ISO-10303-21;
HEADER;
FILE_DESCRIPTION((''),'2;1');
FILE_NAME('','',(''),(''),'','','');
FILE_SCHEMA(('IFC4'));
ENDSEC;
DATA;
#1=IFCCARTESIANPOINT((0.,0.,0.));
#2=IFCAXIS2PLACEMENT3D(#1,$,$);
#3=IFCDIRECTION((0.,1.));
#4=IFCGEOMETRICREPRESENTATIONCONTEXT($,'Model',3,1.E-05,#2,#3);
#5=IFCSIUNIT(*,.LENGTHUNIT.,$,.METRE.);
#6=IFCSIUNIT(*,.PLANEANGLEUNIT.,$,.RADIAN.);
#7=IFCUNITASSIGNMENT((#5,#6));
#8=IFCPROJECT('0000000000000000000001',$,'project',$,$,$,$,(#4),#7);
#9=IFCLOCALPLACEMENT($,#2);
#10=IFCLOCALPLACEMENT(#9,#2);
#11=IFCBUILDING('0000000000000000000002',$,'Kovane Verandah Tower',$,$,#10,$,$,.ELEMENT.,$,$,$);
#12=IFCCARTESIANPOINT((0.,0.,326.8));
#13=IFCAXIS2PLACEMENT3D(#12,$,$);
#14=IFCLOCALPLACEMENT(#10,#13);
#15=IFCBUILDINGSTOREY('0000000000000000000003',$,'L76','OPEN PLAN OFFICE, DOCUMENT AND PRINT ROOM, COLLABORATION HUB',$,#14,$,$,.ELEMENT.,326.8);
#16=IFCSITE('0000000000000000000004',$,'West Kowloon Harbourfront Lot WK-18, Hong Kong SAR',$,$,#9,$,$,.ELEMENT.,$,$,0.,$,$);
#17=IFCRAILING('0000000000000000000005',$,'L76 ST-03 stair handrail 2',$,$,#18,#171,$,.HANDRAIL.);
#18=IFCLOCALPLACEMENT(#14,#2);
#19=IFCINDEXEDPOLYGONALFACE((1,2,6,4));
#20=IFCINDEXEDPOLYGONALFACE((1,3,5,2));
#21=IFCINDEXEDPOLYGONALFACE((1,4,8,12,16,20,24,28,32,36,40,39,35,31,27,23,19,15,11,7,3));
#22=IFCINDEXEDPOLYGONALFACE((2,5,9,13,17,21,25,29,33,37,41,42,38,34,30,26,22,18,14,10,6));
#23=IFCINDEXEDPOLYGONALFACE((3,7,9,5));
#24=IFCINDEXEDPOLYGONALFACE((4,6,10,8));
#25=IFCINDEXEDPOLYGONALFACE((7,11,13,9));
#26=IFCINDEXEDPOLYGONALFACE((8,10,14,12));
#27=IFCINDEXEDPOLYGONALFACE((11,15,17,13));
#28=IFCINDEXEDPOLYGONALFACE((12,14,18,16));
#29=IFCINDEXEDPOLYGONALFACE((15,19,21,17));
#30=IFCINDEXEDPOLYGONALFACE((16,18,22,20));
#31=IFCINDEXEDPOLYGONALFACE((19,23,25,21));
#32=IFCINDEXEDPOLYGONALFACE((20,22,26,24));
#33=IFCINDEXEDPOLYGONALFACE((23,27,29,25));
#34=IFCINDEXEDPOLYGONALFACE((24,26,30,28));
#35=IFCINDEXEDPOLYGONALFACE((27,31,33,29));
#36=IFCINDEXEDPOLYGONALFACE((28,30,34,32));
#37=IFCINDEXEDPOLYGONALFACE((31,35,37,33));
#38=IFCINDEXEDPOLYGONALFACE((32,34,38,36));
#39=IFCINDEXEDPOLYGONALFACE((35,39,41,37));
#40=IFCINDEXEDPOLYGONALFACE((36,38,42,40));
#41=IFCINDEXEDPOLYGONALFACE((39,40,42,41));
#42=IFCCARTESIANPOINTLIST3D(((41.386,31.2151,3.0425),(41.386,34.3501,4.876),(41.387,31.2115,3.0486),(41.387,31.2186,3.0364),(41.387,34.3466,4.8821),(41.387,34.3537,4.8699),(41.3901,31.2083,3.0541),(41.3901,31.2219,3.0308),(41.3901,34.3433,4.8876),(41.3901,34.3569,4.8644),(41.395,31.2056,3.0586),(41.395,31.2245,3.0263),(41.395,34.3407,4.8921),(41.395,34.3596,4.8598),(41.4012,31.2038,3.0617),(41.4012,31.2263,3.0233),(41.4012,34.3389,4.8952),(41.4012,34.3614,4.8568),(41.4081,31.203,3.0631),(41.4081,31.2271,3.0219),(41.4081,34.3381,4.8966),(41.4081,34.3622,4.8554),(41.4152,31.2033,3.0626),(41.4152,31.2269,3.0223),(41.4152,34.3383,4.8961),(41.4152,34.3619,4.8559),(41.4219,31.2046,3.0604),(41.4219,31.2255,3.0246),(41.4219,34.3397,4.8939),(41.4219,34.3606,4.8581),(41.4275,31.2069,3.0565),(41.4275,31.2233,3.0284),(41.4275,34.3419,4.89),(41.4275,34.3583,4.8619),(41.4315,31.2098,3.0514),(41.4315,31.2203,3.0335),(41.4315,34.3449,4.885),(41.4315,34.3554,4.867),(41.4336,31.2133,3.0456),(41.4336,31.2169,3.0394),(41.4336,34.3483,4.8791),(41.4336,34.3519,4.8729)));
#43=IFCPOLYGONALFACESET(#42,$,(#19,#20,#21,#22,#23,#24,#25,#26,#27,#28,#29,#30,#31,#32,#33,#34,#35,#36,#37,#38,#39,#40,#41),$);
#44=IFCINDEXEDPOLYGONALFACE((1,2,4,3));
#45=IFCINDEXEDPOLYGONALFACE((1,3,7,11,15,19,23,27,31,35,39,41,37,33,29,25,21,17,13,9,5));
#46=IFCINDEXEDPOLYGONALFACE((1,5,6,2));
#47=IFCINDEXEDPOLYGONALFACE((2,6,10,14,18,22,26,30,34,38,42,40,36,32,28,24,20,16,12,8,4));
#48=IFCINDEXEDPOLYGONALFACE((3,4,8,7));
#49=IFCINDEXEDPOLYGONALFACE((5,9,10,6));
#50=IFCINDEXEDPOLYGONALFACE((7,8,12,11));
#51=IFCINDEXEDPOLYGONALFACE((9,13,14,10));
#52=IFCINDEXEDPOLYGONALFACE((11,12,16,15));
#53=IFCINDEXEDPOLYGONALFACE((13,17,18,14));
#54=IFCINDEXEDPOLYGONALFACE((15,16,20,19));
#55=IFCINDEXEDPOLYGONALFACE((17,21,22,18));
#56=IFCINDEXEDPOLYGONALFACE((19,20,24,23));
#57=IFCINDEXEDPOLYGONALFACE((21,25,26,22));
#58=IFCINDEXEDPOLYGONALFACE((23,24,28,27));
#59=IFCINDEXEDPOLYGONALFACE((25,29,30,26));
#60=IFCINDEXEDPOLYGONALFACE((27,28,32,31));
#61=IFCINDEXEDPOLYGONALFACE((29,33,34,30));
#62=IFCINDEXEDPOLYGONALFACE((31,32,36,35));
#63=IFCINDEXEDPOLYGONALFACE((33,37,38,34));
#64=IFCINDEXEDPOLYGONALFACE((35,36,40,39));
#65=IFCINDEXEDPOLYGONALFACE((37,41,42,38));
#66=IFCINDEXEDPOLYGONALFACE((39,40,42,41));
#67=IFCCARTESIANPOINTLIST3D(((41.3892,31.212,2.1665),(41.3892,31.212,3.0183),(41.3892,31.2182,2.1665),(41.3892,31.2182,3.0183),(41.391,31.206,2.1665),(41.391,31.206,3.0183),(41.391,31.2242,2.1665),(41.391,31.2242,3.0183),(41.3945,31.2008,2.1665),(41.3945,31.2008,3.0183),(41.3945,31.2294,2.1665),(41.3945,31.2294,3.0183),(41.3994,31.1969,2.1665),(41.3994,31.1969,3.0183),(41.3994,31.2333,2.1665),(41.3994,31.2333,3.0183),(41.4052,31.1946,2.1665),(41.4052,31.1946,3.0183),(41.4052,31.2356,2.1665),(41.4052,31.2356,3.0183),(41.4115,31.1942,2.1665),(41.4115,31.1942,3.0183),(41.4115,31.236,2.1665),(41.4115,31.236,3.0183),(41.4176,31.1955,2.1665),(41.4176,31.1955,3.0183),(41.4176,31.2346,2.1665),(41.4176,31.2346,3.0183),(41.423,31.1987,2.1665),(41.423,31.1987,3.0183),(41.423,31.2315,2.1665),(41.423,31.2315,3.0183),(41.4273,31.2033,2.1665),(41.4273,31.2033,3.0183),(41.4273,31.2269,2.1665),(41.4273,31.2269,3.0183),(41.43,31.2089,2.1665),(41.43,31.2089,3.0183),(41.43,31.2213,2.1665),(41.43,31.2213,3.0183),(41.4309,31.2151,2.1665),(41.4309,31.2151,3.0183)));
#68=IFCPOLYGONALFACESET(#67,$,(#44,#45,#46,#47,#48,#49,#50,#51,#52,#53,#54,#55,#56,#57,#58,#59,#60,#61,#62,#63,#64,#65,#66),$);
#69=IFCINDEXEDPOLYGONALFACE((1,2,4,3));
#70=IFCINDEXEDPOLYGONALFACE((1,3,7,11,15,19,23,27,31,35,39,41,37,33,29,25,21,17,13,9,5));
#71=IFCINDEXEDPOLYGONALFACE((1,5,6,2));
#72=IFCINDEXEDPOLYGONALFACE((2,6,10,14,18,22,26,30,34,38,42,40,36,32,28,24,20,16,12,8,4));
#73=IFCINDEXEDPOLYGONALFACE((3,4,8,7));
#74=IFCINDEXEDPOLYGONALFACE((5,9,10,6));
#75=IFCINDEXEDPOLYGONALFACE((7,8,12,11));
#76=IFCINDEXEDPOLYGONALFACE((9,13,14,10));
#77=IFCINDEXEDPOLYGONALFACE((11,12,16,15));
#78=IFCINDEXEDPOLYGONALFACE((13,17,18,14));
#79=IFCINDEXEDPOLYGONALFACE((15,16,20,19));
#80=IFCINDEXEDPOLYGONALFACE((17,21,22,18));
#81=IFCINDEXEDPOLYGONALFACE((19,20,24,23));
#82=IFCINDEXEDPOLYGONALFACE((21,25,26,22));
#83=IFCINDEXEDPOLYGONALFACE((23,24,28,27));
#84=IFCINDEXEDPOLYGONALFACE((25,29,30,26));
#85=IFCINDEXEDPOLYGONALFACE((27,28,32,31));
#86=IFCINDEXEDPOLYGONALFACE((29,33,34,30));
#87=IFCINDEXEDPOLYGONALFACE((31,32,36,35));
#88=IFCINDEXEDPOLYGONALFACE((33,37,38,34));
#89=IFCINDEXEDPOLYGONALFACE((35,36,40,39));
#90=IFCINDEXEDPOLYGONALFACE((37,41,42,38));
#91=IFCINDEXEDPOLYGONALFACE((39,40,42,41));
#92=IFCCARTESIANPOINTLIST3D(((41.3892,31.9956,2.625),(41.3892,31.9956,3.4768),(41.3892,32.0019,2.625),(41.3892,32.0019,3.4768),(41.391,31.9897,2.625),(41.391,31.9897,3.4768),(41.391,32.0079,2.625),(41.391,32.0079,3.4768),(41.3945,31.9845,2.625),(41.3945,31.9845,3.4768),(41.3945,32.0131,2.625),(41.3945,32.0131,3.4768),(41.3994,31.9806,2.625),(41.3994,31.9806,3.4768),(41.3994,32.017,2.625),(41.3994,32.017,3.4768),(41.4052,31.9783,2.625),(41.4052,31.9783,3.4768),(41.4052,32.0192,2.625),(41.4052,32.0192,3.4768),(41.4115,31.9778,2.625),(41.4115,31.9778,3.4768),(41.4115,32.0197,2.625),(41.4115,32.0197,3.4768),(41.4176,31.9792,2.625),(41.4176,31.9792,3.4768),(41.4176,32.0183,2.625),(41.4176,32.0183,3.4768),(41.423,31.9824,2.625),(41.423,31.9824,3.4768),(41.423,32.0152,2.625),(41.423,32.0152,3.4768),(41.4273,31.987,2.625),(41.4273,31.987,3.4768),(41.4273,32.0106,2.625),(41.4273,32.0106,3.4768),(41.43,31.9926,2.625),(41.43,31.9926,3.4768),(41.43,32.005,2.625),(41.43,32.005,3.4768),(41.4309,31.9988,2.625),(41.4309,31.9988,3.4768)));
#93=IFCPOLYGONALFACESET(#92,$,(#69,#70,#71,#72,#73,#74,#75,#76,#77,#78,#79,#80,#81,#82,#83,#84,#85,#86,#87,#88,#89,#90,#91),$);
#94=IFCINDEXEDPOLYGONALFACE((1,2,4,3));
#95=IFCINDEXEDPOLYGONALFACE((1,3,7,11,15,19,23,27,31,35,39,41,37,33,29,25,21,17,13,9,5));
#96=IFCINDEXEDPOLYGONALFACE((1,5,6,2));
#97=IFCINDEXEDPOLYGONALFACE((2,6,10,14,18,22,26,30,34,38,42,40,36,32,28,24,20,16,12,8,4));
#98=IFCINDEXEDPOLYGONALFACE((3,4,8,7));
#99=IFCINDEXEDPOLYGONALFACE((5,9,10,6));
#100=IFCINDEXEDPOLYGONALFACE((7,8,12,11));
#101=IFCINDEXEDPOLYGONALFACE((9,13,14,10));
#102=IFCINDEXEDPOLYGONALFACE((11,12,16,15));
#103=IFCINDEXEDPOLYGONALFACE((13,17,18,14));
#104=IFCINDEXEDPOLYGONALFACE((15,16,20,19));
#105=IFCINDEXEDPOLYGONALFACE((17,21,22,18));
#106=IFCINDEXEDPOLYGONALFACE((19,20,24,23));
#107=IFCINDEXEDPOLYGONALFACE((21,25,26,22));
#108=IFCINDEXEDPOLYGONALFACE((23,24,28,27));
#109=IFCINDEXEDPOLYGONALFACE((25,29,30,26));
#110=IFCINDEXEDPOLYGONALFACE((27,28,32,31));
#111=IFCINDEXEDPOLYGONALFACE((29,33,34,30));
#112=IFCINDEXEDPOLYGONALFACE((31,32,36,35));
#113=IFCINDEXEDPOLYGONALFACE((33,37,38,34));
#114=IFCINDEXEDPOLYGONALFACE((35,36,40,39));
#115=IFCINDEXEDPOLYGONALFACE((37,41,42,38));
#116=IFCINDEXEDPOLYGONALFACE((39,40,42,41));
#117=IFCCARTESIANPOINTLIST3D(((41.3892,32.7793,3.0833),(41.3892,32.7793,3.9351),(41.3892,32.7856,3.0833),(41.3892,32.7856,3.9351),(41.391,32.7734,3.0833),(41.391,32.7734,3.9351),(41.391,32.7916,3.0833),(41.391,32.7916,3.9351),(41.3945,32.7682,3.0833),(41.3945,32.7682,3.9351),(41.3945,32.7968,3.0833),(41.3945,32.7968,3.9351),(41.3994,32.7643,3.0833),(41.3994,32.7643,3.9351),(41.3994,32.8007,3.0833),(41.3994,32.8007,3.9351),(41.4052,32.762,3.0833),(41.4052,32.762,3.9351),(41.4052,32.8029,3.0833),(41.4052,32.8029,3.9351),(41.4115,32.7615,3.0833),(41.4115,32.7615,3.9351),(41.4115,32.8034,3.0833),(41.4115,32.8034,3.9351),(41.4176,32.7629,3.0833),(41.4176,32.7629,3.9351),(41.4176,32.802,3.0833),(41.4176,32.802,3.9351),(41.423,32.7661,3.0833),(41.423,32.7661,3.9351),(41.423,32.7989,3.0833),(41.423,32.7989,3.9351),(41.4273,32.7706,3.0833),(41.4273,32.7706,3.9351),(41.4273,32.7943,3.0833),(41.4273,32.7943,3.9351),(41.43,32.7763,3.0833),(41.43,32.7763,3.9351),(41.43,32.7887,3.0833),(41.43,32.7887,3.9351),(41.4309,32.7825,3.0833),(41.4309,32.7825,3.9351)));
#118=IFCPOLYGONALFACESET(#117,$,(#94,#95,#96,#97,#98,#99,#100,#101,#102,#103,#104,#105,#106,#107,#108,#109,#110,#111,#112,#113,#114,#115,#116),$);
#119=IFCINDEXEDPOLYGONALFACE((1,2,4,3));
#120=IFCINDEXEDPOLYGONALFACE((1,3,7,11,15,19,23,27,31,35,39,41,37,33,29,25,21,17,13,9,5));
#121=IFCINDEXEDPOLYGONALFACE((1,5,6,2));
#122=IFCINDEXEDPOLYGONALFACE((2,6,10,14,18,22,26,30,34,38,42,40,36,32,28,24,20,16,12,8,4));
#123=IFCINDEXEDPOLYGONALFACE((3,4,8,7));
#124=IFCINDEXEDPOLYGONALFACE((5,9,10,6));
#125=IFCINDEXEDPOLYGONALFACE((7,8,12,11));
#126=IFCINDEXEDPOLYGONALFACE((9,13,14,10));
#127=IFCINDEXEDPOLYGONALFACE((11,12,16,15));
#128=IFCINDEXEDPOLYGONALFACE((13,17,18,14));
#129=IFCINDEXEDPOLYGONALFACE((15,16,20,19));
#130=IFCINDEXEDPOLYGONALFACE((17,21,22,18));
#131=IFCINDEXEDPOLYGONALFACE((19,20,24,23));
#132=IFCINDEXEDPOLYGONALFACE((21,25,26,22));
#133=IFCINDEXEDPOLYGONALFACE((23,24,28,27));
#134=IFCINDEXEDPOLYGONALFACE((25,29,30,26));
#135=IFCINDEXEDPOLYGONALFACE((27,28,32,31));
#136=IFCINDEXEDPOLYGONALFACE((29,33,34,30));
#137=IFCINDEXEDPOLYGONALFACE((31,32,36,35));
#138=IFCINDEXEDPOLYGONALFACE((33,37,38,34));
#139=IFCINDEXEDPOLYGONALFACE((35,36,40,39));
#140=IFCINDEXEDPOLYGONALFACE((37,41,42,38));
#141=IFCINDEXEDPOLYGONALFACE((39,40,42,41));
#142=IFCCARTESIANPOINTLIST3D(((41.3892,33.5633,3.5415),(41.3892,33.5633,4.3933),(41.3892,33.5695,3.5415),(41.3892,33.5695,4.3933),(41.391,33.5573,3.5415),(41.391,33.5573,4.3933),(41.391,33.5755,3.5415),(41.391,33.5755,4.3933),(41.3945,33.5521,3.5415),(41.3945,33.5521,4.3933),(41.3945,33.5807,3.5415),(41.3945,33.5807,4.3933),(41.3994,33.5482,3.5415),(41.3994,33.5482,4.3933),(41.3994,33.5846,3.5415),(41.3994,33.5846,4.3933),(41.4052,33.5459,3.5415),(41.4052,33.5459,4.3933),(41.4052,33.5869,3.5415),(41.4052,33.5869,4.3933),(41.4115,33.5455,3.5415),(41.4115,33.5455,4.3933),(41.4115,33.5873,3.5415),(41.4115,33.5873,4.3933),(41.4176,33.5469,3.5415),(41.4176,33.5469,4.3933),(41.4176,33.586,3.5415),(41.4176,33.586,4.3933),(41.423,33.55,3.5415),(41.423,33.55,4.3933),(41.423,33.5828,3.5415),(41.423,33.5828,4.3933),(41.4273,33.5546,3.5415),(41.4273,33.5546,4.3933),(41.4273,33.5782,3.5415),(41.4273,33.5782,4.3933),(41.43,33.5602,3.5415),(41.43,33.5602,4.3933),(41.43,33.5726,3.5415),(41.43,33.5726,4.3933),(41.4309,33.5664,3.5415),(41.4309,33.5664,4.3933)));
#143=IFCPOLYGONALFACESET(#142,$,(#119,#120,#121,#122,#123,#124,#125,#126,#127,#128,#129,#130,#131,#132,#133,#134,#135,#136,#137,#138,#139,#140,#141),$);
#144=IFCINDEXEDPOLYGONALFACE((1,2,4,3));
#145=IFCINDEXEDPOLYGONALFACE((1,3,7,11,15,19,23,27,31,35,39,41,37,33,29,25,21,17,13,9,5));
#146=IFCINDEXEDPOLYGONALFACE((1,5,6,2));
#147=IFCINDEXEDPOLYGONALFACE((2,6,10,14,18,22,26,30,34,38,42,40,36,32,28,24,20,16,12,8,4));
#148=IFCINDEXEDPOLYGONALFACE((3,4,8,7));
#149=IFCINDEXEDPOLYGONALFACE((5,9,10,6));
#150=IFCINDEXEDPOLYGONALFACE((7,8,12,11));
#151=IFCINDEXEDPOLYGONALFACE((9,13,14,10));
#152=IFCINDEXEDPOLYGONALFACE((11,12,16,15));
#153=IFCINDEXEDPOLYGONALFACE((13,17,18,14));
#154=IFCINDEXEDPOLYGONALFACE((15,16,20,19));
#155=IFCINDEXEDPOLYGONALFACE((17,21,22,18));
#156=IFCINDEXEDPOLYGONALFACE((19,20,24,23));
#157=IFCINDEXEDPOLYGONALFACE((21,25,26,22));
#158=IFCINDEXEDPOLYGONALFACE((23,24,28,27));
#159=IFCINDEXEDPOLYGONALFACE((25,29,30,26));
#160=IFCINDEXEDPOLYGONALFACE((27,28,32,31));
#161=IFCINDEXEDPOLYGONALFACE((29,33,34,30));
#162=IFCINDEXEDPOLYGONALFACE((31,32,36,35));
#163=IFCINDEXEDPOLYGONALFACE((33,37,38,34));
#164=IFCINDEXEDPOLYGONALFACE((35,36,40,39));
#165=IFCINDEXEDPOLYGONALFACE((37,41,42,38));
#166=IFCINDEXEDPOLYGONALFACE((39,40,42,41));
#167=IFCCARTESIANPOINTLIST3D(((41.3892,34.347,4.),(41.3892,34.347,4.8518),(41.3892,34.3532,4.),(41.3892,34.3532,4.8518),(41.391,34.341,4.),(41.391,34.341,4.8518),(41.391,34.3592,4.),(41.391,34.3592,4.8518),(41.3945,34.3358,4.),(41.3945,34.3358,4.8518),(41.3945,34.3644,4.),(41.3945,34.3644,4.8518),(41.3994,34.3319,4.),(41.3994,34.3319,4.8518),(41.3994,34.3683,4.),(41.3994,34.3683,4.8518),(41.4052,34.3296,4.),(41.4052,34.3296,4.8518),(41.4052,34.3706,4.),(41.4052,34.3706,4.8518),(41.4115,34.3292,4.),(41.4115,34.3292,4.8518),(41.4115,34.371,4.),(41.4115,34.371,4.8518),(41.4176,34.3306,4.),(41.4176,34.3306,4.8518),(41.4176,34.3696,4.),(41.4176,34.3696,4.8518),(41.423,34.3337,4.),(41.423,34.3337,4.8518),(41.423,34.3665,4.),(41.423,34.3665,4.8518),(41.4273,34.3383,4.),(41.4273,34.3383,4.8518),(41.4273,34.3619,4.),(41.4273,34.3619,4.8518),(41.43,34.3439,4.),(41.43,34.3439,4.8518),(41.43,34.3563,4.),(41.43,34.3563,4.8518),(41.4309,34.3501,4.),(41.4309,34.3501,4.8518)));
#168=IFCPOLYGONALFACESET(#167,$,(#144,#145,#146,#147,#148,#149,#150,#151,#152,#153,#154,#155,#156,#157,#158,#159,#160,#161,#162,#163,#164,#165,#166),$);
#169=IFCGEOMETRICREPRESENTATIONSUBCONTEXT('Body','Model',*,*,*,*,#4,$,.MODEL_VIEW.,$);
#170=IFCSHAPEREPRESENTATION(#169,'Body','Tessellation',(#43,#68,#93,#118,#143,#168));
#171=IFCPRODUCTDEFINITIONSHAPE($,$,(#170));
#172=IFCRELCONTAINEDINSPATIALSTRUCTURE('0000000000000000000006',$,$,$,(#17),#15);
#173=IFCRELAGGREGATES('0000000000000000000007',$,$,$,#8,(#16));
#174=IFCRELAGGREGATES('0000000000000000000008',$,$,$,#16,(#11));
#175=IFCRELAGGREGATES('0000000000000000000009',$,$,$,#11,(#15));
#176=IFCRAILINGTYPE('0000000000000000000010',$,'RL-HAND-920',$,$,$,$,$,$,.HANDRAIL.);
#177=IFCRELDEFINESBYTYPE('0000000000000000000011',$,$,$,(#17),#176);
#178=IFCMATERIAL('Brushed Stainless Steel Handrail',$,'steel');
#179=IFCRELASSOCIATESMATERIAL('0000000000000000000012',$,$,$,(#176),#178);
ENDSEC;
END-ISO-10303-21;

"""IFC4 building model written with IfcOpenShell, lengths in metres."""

from ifc_helpers import new_model, si_unit, direction, frame, origin, origin_2d, place, context, subcontext, project, spatial, circle, extrude, material, type_object, element, save


model = new_model("IFC4")

# Units and contexts
model_context = context("Model", 3, precision=1e-05, world=origin(), true_north=direction((0.0, 1.0)))
body_context = subcontext(model_context, "Body", "Model", "MODEL_VIEW")
ifc_project = project(units=[si_unit("LENGTHUNIT", "METRE"), si_unit("PLANEANGLEUNIT", "RADIAN")], contexts=[model_context])

# Site, building, storey
site_placement = place(None, origin())
site = spatial("IfcSite", under=ifc_project, at=site_placement, Name="West Kowloon Harbourfront Lot WK-18, Hong Kong SAR", CompositionType="ELEMENT", RefElevation=0.0)
building_placement = place(site_placement, origin())
building = spatial("IfcBuilding", under=site, at=building_placement, Name="Kovane Verandah Tower", CompositionType="ELEMENT")
storey_placement = place(building_placement, frame((0.0, 0.0, 326.8)))
storey = spatial("IfcBuildingStorey", under=building, at=storey_placement, Name="L76", Description="OPEN PLAN OFFICE, DOCUMENT AND PRINT ROOM, COLLABORATION HUB", CompositionType="ELEMENT", Elevation=326.8)

# Railing
ifc_material_1 = material(Name="Brushed Stainless Steel Handrail", Category="steel")
railing_type_1 = type_object("IfcRailingType", Name="RL-HAND-920", PredefinedType="HANDRAIL", material=ifc_material_1)
railing_1_placement = place(storey_placement, frame((41.4099, 31.2151, 2.1665)))
element("IfcRailing", 1, at=railing_1_placement, inside=storey, type_object=railing_type_1, Name="L76 ST-03 stair handrail 2", PredefinedType="HANDRAIL", context=body_context, shape_type="SweptSolid", body=[
    extrude(circle(Radius=0.0239, at=origin_2d()), frame((0.0, 0.0, 0.876), z_axis=(0.0, 0.86321, 0.504845), x_axis=(-1.0, 0.0, 0.0)), (0.0, 0.0, 1.0), 3.6318),
    extrude(circle(Radius=0.021, at=origin_2d()), origin(), (0.0, 0.0, 1.0), 0.8518),
    extrude(circle(Radius=0.021, at=origin_2d()), frame((0.0, 0.7837, 0.4585)), (0.0, 0.0, 1.0), 0.8518),
    extrude(circle(Radius=0.021, at=origin_2d()), frame((0.0, 1.5674, 0.9167)), (0.0, 0.0, 1.0), 0.8518),
    extrude(circle(Radius=0.021, at=origin_2d()), frame((0.0, 2.3513, 1.375)), (0.0, 0.0, 1.0), 0.8518),
    extrude(circle(Radius=0.021, at=origin_2d()), frame((0.0, 3.135, 1.8335)), (0.0, 0.0, 1.0), 0.8518),
])

save(model, "model.ifc")
